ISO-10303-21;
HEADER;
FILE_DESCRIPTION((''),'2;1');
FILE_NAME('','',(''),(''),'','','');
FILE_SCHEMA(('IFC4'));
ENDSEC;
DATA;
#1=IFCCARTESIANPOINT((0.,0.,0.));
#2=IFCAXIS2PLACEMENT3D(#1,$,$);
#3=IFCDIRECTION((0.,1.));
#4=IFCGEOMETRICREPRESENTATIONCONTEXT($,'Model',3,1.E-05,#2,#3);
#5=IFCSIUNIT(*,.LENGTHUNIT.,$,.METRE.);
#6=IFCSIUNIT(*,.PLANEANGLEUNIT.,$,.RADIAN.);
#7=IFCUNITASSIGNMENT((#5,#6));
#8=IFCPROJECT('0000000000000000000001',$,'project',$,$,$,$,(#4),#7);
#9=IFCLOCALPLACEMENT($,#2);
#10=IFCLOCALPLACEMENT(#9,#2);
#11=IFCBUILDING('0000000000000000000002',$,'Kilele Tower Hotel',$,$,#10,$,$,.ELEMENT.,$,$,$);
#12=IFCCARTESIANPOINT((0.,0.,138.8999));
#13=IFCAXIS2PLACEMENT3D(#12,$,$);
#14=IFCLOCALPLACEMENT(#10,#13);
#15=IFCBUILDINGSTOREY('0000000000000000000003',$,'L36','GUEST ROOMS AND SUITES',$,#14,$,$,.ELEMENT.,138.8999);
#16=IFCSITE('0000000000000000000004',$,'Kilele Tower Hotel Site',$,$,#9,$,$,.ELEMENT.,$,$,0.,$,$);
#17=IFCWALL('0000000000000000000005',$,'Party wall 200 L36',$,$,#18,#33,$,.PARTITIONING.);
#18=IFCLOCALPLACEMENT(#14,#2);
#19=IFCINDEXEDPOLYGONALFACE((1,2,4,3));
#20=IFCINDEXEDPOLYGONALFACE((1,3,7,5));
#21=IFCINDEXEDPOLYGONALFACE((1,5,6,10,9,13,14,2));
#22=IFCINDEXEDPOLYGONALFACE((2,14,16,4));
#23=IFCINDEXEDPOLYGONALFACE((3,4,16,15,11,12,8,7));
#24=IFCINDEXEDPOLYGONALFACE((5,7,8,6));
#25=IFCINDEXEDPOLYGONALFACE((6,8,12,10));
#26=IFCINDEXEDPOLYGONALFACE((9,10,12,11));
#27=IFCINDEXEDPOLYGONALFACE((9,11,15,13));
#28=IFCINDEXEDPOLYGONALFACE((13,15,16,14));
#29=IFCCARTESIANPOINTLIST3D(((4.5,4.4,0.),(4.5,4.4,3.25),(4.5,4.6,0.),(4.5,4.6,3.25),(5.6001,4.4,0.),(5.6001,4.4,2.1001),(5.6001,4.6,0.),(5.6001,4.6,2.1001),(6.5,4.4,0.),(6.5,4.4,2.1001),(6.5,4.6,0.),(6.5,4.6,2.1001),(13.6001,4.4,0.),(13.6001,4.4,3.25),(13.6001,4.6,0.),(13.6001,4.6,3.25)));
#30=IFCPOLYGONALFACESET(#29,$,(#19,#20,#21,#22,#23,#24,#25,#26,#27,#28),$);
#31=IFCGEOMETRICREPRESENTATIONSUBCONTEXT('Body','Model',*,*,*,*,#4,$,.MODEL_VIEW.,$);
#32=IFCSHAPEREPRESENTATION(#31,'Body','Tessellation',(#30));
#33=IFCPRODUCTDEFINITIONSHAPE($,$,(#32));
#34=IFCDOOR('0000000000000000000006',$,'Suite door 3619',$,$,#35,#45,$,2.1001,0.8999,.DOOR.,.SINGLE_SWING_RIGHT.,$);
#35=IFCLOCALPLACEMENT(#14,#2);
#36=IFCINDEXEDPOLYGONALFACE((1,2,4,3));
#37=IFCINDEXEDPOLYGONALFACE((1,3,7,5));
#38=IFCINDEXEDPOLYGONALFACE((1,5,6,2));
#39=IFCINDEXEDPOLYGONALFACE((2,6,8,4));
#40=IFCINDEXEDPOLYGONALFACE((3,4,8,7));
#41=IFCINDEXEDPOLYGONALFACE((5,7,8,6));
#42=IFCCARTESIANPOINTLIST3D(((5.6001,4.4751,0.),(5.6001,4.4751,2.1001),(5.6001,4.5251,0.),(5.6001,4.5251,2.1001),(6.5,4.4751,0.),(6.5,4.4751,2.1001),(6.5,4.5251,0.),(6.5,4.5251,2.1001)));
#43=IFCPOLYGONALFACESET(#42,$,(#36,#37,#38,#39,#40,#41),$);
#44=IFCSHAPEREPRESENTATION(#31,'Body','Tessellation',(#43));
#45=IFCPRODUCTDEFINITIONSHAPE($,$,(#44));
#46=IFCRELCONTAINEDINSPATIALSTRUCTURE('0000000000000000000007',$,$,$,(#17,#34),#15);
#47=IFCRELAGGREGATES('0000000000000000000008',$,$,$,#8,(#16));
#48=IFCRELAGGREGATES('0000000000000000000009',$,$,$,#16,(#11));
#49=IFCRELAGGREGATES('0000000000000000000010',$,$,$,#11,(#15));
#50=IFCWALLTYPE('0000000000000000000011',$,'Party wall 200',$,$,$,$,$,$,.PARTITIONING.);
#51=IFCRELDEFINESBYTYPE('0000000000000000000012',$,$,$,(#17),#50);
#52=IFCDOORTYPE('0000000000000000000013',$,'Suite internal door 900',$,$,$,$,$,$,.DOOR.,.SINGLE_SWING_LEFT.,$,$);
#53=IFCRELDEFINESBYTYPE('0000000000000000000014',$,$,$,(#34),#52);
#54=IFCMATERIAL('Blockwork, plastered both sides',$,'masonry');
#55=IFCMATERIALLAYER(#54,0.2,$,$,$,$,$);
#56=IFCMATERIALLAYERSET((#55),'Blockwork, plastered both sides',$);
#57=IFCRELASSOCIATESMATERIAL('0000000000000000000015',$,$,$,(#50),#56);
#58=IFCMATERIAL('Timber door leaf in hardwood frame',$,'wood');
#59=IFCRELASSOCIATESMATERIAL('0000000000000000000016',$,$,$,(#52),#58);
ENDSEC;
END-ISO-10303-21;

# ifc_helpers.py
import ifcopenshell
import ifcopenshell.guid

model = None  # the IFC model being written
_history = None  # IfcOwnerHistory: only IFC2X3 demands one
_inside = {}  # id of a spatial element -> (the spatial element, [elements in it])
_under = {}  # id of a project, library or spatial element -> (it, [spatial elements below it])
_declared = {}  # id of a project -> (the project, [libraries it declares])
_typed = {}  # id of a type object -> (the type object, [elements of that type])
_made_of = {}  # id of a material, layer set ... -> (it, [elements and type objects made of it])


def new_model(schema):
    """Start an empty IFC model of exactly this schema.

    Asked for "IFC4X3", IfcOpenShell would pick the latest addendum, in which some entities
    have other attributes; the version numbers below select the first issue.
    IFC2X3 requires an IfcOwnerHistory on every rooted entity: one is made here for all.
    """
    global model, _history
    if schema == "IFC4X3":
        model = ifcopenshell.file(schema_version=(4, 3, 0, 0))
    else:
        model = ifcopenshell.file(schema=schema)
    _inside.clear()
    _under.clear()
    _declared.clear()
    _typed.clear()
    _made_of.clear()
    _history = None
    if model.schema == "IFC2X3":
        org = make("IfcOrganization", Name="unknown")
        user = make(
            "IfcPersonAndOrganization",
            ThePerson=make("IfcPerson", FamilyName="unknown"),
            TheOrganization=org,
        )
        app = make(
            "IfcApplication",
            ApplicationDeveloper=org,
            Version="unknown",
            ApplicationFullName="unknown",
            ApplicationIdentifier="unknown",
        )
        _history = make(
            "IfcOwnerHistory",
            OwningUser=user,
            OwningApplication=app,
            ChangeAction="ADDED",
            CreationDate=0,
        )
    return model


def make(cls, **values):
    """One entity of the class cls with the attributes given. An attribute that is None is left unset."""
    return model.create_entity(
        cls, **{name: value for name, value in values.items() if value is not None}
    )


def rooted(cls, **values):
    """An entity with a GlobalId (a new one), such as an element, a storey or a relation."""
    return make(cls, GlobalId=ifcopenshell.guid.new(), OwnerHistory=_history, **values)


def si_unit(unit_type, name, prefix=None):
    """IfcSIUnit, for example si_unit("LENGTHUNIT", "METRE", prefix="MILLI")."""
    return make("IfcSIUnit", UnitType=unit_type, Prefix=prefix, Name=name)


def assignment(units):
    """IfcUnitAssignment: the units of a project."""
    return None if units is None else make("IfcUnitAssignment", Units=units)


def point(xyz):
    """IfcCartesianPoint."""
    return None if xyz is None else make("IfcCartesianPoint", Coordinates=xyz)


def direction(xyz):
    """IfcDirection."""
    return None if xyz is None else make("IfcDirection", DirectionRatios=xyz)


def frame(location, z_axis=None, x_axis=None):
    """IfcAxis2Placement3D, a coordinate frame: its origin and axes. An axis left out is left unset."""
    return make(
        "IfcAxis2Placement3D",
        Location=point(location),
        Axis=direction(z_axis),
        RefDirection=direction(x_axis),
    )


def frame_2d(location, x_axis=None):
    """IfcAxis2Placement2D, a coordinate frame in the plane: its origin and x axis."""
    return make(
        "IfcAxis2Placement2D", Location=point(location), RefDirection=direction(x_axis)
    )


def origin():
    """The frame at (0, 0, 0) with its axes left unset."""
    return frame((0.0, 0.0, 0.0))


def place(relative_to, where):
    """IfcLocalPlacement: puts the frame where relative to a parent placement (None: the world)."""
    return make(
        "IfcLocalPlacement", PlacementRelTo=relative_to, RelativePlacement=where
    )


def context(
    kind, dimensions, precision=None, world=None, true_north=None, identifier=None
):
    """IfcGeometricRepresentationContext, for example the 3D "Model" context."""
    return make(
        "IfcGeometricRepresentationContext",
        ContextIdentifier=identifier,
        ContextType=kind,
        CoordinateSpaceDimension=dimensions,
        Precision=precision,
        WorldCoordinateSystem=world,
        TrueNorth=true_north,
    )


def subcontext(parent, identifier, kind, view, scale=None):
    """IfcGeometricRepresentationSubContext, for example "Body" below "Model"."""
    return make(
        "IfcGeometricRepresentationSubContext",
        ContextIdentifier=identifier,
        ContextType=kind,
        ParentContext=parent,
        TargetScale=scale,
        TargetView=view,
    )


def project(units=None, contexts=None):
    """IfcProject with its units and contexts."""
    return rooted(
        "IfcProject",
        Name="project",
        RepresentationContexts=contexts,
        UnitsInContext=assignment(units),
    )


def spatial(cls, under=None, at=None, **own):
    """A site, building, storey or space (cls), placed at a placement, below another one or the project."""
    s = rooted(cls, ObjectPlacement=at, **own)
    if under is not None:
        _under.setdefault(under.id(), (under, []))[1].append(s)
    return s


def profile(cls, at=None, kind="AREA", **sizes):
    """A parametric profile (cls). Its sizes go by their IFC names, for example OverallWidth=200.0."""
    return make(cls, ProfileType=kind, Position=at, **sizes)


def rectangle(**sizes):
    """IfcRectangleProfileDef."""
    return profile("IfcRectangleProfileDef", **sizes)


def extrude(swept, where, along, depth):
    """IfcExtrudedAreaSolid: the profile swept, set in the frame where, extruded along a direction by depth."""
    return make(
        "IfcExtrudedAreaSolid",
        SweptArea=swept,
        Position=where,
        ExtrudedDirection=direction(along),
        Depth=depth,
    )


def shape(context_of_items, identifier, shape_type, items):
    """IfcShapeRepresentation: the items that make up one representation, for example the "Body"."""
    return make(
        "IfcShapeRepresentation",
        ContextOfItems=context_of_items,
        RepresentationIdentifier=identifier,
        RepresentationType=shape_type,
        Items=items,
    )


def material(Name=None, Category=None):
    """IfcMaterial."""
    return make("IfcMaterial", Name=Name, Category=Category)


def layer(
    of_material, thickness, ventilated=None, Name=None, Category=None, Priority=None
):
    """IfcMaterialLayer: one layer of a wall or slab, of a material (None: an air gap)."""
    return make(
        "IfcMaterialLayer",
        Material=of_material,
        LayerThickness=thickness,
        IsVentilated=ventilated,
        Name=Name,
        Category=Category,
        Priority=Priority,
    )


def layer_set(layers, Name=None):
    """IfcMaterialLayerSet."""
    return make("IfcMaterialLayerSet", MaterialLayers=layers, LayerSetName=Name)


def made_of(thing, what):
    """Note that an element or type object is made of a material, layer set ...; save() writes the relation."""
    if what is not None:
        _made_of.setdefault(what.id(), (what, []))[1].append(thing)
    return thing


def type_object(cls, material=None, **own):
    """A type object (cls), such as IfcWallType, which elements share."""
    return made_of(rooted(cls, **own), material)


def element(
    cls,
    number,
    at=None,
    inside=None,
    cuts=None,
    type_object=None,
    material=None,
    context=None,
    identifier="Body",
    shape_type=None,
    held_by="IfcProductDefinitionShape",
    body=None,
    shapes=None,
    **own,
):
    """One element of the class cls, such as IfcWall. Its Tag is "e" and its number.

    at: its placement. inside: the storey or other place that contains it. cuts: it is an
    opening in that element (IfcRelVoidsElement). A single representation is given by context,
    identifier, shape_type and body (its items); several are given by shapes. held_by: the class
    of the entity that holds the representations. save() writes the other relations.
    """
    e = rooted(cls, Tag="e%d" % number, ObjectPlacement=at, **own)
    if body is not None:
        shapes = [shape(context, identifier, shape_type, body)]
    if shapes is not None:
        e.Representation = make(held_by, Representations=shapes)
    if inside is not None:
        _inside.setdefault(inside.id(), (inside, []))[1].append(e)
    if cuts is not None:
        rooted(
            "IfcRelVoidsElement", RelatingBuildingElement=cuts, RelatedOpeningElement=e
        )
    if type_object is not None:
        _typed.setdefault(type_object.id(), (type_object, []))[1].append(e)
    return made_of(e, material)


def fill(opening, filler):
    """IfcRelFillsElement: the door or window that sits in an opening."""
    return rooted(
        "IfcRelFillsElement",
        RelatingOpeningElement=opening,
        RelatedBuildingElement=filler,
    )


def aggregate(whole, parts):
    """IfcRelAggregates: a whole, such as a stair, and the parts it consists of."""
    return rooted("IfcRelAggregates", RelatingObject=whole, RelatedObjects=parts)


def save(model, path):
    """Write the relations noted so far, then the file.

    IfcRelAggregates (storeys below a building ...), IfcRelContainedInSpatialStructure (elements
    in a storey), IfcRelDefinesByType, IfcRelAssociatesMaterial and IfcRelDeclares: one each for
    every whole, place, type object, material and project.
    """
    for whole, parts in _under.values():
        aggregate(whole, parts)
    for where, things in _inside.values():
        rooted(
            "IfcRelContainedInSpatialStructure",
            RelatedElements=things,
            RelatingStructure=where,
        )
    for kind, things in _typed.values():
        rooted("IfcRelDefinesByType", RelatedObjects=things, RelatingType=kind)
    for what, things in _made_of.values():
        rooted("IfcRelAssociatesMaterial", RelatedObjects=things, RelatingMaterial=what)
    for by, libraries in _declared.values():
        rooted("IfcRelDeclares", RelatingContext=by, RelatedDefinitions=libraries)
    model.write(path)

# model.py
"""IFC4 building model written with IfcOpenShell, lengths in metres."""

from ifc_helpers import new_model, si_unit, direction, frame, frame_2d, origin, place, context, subcontext, project, spatial, rectangle, extrude, material, layer, layer_set, type_object, element, fill, save


model = new_model("IFC4")

# Units and contexts
model_context = context("Model", 3, precision=1e-05, world=origin(), true_north=direction((0.0, 1.0)))
body_context = subcontext(model_context, "Body", "Model", "MODEL_VIEW")
ifc_project = project(units=[si_unit("LENGTHUNIT", "METRE"), si_unit("PLANEANGLEUNIT", "RADIAN")], contexts=[model_context])

# Site, building, storey
site_placement = place(None, origin())
site = spatial("IfcSite", under=ifc_project, at=site_placement, Name="Kilele Tower Hotel Site", CompositionType="ELEMENT", RefElevation=0.0)
building_placement = place(site_placement, origin())
building = spatial("IfcBuilding", under=site, at=building_placement, Name="Kilele Tower Hotel", CompositionType="ELEMENT")
storey_placement = place(building_placement, frame((0.0, 0.0, 138.8999)))
storey = spatial("IfcBuildingStorey", under=building, at=storey_placement, Name="L36", Description="GUEST ROOMS AND SUITES", CompositionType="ELEMENT", Elevation=138.8999)

# Wall, opening, door
ifc_material_1 = material(Name="Blockwork, plastered both sides", Category="masonry")
ifc_layer_1 = layer(ifc_material_1, 0.2)
ifc_layer_set_1 = layer_set([ifc_layer_1], Name="Blockwork, plastered both sides")
wall_type_1 = type_object("IfcWallType", Name="Party wall 200", PredefinedType="PARTITIONING", material=ifc_layer_set_1)
wall_1_placement = place(storey_placement, frame((13.6001, 4.5, 0.0), z_axis=(0.0, 0.0, 1.0), x_axis=(-1.0, 0.0, 0.0)))
wall_1 = element("IfcWall", 1, at=wall_1_placement, inside=storey, type_object=wall_type_1, Name="Party wall 200 L36", PredefinedType="PARTITIONING", context=body_context, shape_type="SweptSolid", body=[
    extrude(rectangle(XDim=9.1001, YDim=0.2, at=frame_2d((4.55, 0.0))), origin(), (0.0, 0.0, 1.0), 3.25),
])
opening_1_placement = place(wall_1_placement, frame((7.1001, 0.0, 0.0)))
opening_1 = element("IfcOpeningElement", 2, at=opening_1_placement, cuts=wall_1, PredefinedType="OPENING", context=body_context, shape_type="SweptSolid", body=[
    extrude(rectangle(XDim=0.8999, YDim=2.1001, at=frame_2d((0.45, 1.05))), frame((0.0, 0.1099, 0.0), z_axis=(0.0, -1.0, 0.0), x_axis=(1.0, 0.0, 0.0)), (0.0, 0.0, 1.0), 0.22),
])
ifc_material_2 = material(Name="Timber door leaf in hardwood frame", Category="wood")
door_type_1 = type_object("IfcDoorType", Name="Suite internal door 900", OperationType="SINGLE_SWING_LEFT", PredefinedType="DOOR", material=ifc_material_2)
door_1_placement = place(opening_1_placement, origin())
door_1 = element("IfcDoor", 3, at=door_1_placement, inside=storey, type_object=door_type_1, Name="Suite door 3619", OperationType="SINGLE_SWING_RIGHT", OverallHeight=2.1001, OverallWidth=0.8999, PredefinedType="DOOR", context=body_context, shape_type="SweptSolid", body=[
    extrude(rectangle(XDim=0.8999, YDim=2.1001, at=frame_2d((0.45, 1.05))), frame((0.0, 0.0249, 0.0), z_axis=(0.0, -1.0, 0.0), x_axis=(1.0, 0.0, 0.0)), (0.0, 0.0, 1.0), 0.05),
])
fill(opening_1, door_1)

save(model, "model.ifc")
